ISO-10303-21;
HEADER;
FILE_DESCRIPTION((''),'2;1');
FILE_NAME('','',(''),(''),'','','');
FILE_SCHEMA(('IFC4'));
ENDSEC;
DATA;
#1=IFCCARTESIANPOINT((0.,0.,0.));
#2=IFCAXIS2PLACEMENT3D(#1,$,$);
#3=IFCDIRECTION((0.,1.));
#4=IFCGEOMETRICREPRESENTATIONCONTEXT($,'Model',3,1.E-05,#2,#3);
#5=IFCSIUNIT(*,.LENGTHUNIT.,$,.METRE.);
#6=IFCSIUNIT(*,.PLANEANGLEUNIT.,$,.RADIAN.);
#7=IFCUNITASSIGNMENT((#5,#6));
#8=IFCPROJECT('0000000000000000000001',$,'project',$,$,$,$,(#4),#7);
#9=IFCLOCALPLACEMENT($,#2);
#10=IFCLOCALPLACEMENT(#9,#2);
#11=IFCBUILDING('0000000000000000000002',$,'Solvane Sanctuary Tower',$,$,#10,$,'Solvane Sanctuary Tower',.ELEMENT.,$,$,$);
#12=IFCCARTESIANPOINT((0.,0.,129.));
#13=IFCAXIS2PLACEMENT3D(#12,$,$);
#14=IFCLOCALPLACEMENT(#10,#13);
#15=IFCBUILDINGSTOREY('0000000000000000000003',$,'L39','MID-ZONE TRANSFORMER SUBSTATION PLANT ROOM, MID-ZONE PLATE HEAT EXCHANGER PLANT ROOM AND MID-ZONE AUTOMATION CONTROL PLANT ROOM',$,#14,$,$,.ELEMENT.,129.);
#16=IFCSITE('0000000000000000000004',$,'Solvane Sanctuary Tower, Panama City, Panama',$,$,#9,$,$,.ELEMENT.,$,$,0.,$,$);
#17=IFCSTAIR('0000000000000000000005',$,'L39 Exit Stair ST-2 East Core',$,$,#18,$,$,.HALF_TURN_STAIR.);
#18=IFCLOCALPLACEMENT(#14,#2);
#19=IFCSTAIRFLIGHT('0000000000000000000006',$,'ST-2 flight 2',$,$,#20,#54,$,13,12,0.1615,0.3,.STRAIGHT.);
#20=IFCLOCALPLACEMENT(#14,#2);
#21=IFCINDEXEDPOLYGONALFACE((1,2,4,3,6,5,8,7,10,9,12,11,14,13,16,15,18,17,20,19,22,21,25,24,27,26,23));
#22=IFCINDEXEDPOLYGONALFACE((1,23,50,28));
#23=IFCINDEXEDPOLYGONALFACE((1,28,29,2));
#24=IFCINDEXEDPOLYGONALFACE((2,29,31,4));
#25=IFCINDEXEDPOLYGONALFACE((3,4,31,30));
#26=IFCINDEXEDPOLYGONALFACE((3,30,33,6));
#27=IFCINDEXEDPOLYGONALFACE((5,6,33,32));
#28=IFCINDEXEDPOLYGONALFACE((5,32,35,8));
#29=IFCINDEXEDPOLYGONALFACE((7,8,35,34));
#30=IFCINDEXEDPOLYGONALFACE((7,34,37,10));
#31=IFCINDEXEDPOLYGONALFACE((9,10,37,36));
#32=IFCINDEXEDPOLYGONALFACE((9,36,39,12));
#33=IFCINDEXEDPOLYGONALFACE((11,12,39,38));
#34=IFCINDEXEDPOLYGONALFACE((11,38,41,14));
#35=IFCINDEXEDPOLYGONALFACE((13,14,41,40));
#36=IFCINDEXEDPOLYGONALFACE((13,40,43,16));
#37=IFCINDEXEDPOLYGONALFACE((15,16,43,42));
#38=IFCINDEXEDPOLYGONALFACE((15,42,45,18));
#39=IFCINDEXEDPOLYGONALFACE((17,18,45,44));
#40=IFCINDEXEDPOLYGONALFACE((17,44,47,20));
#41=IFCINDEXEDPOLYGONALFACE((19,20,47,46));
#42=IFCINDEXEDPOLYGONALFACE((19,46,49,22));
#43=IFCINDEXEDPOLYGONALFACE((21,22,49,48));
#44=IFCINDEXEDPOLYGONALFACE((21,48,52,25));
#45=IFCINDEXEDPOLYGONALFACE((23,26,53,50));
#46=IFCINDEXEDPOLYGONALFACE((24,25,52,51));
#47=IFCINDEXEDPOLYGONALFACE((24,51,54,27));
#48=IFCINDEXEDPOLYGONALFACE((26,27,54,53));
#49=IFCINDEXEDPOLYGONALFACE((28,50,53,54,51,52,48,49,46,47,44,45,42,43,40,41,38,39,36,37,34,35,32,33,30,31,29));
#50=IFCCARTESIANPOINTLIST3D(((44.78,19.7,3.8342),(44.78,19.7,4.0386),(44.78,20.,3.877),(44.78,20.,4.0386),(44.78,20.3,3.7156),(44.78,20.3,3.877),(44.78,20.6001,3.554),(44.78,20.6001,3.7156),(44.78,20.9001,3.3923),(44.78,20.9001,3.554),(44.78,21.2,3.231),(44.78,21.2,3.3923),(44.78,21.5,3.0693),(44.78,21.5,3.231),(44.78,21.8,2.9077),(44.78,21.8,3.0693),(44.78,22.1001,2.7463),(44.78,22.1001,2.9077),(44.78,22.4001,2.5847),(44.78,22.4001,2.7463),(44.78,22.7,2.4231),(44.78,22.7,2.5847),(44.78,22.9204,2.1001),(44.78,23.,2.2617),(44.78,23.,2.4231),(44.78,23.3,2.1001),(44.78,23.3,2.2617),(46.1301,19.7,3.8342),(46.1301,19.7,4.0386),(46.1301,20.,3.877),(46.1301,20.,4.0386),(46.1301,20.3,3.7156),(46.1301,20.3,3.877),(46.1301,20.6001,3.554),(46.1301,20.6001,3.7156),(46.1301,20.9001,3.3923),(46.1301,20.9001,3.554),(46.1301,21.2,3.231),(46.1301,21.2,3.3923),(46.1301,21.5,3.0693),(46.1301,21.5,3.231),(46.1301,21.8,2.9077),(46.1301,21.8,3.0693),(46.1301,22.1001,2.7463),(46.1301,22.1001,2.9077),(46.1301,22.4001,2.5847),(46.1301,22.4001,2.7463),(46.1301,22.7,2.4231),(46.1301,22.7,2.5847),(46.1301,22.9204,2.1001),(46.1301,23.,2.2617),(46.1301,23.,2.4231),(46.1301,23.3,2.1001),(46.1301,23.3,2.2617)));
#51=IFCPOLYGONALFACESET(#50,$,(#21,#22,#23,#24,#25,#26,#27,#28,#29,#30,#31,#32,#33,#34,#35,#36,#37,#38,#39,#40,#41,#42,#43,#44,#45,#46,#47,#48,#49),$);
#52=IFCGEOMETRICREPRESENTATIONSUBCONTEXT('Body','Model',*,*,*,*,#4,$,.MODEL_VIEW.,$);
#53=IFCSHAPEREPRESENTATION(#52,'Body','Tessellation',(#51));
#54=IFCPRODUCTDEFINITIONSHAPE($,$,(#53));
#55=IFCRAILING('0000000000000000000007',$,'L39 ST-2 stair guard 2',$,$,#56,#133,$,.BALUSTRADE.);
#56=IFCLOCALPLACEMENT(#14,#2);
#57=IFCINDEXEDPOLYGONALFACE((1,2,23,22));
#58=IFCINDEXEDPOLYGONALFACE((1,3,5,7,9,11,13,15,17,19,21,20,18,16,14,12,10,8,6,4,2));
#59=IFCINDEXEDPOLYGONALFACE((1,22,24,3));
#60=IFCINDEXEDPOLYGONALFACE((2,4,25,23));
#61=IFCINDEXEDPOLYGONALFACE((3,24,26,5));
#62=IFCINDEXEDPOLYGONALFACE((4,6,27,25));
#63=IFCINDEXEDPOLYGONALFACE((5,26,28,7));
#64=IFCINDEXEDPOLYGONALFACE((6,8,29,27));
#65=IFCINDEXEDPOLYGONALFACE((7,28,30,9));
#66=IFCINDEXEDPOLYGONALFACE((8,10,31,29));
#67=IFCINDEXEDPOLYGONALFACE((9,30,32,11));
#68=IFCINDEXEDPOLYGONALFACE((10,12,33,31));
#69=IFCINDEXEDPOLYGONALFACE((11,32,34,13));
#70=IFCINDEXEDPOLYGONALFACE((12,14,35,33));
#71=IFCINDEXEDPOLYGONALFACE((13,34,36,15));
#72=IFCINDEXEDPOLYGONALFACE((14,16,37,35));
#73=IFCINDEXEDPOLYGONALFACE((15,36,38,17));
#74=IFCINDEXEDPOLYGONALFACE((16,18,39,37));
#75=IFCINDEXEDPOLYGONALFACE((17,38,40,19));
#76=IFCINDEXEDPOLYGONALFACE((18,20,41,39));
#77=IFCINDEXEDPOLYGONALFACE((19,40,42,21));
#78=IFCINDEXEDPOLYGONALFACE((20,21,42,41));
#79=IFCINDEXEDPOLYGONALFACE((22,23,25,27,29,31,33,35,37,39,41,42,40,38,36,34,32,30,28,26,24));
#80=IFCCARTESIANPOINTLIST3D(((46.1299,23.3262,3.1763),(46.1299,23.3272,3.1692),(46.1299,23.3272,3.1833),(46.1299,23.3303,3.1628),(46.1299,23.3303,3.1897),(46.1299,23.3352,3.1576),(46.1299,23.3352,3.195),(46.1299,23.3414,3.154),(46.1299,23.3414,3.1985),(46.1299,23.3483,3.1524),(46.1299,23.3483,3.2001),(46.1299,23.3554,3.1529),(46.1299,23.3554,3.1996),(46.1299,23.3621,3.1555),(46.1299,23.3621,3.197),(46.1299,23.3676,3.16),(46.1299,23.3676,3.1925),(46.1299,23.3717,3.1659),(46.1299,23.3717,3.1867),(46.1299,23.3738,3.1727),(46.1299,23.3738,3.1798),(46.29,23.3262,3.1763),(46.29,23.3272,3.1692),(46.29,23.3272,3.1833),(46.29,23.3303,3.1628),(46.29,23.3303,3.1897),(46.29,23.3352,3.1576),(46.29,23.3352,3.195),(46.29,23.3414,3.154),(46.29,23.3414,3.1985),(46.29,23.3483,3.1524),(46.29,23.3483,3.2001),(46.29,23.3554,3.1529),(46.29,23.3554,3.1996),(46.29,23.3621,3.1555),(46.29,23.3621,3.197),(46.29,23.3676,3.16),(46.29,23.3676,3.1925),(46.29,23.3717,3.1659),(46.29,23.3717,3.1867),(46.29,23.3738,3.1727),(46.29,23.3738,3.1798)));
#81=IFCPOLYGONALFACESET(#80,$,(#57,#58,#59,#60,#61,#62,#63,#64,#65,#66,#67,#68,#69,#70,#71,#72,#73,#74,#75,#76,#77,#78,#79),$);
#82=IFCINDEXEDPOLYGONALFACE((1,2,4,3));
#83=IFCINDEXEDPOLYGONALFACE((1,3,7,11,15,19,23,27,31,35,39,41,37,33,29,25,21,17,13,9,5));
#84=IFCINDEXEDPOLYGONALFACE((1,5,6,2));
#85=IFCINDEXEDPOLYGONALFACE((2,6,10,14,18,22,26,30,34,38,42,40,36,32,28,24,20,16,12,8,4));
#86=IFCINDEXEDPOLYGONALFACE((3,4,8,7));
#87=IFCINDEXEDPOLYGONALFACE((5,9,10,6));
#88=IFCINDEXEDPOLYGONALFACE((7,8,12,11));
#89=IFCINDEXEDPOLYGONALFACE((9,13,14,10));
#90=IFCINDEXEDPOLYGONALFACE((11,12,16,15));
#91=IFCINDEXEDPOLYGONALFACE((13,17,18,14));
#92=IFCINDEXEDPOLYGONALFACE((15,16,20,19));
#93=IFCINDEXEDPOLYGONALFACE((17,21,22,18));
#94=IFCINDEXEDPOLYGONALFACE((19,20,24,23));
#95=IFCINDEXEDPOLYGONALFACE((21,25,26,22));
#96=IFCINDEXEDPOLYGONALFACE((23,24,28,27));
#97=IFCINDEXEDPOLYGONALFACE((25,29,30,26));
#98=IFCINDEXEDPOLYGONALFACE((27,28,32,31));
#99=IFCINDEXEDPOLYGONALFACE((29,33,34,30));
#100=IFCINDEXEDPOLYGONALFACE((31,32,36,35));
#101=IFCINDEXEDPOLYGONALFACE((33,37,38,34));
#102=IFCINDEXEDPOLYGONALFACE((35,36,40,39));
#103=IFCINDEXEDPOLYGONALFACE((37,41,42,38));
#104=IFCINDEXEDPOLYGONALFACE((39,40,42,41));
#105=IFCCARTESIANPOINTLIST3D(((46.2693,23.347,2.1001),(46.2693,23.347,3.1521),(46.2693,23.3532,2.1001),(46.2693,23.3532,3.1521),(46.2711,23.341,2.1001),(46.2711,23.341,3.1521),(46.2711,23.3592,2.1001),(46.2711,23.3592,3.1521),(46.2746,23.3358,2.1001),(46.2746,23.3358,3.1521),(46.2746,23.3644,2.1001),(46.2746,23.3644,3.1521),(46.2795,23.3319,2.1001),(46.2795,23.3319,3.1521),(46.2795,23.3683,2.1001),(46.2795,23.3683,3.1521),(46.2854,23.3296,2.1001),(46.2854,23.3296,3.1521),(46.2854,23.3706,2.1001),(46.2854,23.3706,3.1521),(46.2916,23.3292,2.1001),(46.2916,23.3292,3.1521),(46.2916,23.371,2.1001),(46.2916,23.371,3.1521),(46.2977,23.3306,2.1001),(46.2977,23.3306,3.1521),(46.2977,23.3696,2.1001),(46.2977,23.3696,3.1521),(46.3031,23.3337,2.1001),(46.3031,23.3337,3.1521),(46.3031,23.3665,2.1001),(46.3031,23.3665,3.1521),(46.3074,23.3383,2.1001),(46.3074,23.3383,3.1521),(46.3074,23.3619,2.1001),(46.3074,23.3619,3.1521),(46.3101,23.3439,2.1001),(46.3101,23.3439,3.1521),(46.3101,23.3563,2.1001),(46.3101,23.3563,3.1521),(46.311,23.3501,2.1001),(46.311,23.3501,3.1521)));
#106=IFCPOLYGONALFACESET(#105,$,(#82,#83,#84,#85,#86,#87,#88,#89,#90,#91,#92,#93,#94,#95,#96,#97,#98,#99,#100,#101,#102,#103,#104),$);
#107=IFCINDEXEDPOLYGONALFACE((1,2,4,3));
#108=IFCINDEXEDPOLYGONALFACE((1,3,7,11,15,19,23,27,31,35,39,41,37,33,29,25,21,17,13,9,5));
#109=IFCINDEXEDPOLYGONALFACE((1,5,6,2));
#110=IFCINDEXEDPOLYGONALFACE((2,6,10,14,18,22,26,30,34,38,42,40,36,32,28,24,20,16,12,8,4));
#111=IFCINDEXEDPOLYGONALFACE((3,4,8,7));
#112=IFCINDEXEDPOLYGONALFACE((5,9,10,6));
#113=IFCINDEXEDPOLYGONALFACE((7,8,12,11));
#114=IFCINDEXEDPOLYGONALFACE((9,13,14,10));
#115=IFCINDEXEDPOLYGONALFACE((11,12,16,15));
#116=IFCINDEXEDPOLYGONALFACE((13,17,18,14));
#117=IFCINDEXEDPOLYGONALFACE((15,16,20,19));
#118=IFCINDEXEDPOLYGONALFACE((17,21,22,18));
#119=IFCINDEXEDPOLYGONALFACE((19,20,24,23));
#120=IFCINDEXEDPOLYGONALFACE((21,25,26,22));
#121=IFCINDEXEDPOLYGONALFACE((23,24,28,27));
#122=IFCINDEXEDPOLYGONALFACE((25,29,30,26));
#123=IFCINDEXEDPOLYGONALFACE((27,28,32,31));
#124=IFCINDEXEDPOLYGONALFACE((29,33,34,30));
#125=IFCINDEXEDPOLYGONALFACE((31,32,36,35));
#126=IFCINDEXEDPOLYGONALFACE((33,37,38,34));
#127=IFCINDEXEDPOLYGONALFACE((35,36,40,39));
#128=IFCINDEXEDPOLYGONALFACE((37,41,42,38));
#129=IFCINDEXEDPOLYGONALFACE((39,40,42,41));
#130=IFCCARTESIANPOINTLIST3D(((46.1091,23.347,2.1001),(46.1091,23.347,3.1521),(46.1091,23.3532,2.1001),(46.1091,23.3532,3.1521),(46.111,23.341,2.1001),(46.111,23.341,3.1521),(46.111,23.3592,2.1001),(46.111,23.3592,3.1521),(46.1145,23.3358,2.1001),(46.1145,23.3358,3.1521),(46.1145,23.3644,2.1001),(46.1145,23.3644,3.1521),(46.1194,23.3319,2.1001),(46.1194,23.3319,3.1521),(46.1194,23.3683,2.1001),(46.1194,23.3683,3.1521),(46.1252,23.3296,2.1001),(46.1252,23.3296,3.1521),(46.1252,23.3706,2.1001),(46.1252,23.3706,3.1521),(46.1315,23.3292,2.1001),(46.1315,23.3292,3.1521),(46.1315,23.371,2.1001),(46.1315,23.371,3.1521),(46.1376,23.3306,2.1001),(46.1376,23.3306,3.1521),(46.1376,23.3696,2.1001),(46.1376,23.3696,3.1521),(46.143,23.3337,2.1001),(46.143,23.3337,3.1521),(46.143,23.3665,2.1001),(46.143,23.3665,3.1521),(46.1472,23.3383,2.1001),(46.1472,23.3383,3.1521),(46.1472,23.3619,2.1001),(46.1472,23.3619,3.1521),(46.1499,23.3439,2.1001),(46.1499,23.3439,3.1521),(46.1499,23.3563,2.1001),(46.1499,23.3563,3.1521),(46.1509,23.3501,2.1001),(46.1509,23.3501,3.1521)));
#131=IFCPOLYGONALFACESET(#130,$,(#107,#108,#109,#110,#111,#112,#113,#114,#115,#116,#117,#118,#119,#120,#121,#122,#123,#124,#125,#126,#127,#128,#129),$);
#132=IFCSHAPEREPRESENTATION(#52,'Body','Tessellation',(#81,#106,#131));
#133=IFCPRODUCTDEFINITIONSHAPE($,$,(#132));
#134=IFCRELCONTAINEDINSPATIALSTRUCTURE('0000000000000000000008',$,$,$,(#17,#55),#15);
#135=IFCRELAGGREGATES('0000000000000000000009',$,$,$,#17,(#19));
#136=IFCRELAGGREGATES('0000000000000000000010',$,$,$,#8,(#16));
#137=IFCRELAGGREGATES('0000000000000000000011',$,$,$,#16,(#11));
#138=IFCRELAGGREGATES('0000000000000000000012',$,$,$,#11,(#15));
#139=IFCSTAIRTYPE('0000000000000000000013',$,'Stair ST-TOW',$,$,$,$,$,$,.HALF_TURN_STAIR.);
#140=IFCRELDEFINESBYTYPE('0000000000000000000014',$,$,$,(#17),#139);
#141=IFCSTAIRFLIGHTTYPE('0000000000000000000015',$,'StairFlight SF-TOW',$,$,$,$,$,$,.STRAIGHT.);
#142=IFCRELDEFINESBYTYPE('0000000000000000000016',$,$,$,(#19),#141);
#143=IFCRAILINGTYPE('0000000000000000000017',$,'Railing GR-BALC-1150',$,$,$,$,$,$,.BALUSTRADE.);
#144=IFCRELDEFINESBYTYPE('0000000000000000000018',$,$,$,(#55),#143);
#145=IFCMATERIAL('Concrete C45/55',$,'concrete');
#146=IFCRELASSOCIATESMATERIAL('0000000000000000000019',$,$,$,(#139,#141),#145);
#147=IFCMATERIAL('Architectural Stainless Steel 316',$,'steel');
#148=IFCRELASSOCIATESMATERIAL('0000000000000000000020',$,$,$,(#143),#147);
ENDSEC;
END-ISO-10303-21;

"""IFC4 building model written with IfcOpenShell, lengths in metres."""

from ifc_helpers import new_model, si_unit, direction, frame, origin, origin_2d, place, context, subcontext, project, spatial, polyline, circle, outline, extrude, material, type_object, element, aggregate, save


model = new_model("IFC4")

# Units and contexts
model_context = context("Model", 3, precision=1e-05, world=origin(), true_north=direction((0.0, 1.0)))
body_context = subcontext(model_context, "Body", "Model", "MODEL_VIEW")
ifc_project = project(units=[si_unit("LENGTHUNIT", "METRE"), si_unit("PLANEANGLEUNIT", "RADIAN")], contexts=[model_context])

# Site, building, storey
site_placement = place(None, origin())
site = spatial("IfcSite", under=ifc_project, at=site_placement, Name="Solvane Sanctuary Tower, Panama City, Panama", CompositionType="ELEMENT", RefElevation=0.0)
building_placement = place(site_placement, origin())
building = spatial("IfcBuilding", under=site, at=building_placement, Name="Solvane Sanctuary Tower", LongName="Solvane Sanctuary Tower", CompositionType="ELEMENT")
storey_placement = place(building_placement, frame((0.0, 0.0, 129.0)))
storey = spatial("IfcBuildingStorey", under=building, at=storey_placement, Name="L39", Description="MID-ZONE TRANSFORMER SUBSTATION PLANT ROOM, MID-ZONE PLATE HEAT EXCHANGER PLANT ROOM AND MID-ZONE AUTOMATION CONTROL PLANT ROOM", CompositionType="ELEMENT", Elevation=129.0)

# Shared definitions
ifc_material_1 = material(Name="Architectural Stainless Steel 316", Category="steel")

# Stair, stair flight
ifc_material_2 = material(Name="Concrete C45/55", Category="concrete")
stair_type = type_object("IfcStairType", Name="Stair ST-TOW", PredefinedType="HALF_TURN_STAIR", material=ifc_material_2)
stair_placement = place(storey_placement, origin())
stair = element("IfcStair", 1, at=stair_placement, inside=storey, type_object=stair_type, Name="L39 Exit Stair ST-2 East Core", PredefinedType="HALF_TURN_STAIR")
stair_flight_type = type_object("IfcStairFlightType", Name="StairFlight SF-TOW", PredefinedType="STRAIGHT", material=ifc_material_2)
stair_flight_placement = place(storey_placement, frame((45.4551, 23.3, 2.1001), z_axis=(0.0, 0.0, 1.0), x_axis=(0.0, -1.0, 0.0)))
stair_flight = element("IfcStairFlight", 2, at=stair_flight_placement, type_object=stair_flight_type, Name="ST-2 flight 2", NumberOfRisers=13, NumberOfTreads=12, PredefinedType="STRAIGHT", RiserHeight=0.1615, TreadLength=0.3, context=body_context, shape_type="SweptSolid", body=[
    extrude(outline(polyline([(0.0, 0.0), (0.0, 0.1616), (0.3, 0.1616), (0.3, 0.323), (0.6001, 0.323), (0.6001, 0.4846), (0.8999, 0.4846), (0.8999, 0.6462), (1.2, 0.6462), (1.2, 0.8076), (1.5, 0.8076), (1.5, 0.9692), (1.8, 0.9692), (1.8, 1.1309), (2.1001, 1.1309), (2.1001, 1.2922), (2.3999, 1.2922), (2.3999, 1.4539), (2.7, 1.4539), (2.7, 1.6155), (3.0, 1.6155), (3.0, 1.7769), (3.3, 1.7769), (3.3, 1.9385), (3.6001, 1.9385), (3.6001, 2.1001), (3.6001, 1.7341), (0.3796, 0.0), (0.0, 0.0)])), frame((0.0, 0.675, 0.0), z_axis=(0.0, -1.0, 0.0), x_axis=(1.0, 0.0, 0.0)), (0.0, 0.0, 1.0), 1.3501),
])
aggregate(stair, [stair_flight])

# Railing
railing_type_1 = type_object("IfcRailingType", Name="Railing GR-BALC-1150", PredefinedType="BALUSTRADE", material=ifc_material_1)
railing_1_placement = place(storey_placement, frame((46.29, 23.3501, 2.1001)))
element("IfcRailing", 3, at=railing_1_placement, inside=storey, type_object=railing_type_1, Name="L39 ST-2 stair guard 2", PredefinedType="BALUSTRADE", context=body_context, shape_type="SweptSolid", body=[
    extrude(circle(Radius=0.0239, at=origin_2d()), frame((0.0, 0.0, 1.0762), z_axis=(-1.0, 0.0, 0.0), x_axis=(0.0, -1.0, 0.0)), (0.0, 0.0, 1.0), 0.1602),
    extrude(circle(Radius=0.021, at=origin_2d()), origin(), (0.0, 0.0, 1.0), 1.052),
    extrude(circle(Radius=0.021, at=origin_2d()), frame((-0.1602, 0.0, 0.0)), (0.0, 0.0, 1.0), 1.052),
])

save(model, "model.ifc")
